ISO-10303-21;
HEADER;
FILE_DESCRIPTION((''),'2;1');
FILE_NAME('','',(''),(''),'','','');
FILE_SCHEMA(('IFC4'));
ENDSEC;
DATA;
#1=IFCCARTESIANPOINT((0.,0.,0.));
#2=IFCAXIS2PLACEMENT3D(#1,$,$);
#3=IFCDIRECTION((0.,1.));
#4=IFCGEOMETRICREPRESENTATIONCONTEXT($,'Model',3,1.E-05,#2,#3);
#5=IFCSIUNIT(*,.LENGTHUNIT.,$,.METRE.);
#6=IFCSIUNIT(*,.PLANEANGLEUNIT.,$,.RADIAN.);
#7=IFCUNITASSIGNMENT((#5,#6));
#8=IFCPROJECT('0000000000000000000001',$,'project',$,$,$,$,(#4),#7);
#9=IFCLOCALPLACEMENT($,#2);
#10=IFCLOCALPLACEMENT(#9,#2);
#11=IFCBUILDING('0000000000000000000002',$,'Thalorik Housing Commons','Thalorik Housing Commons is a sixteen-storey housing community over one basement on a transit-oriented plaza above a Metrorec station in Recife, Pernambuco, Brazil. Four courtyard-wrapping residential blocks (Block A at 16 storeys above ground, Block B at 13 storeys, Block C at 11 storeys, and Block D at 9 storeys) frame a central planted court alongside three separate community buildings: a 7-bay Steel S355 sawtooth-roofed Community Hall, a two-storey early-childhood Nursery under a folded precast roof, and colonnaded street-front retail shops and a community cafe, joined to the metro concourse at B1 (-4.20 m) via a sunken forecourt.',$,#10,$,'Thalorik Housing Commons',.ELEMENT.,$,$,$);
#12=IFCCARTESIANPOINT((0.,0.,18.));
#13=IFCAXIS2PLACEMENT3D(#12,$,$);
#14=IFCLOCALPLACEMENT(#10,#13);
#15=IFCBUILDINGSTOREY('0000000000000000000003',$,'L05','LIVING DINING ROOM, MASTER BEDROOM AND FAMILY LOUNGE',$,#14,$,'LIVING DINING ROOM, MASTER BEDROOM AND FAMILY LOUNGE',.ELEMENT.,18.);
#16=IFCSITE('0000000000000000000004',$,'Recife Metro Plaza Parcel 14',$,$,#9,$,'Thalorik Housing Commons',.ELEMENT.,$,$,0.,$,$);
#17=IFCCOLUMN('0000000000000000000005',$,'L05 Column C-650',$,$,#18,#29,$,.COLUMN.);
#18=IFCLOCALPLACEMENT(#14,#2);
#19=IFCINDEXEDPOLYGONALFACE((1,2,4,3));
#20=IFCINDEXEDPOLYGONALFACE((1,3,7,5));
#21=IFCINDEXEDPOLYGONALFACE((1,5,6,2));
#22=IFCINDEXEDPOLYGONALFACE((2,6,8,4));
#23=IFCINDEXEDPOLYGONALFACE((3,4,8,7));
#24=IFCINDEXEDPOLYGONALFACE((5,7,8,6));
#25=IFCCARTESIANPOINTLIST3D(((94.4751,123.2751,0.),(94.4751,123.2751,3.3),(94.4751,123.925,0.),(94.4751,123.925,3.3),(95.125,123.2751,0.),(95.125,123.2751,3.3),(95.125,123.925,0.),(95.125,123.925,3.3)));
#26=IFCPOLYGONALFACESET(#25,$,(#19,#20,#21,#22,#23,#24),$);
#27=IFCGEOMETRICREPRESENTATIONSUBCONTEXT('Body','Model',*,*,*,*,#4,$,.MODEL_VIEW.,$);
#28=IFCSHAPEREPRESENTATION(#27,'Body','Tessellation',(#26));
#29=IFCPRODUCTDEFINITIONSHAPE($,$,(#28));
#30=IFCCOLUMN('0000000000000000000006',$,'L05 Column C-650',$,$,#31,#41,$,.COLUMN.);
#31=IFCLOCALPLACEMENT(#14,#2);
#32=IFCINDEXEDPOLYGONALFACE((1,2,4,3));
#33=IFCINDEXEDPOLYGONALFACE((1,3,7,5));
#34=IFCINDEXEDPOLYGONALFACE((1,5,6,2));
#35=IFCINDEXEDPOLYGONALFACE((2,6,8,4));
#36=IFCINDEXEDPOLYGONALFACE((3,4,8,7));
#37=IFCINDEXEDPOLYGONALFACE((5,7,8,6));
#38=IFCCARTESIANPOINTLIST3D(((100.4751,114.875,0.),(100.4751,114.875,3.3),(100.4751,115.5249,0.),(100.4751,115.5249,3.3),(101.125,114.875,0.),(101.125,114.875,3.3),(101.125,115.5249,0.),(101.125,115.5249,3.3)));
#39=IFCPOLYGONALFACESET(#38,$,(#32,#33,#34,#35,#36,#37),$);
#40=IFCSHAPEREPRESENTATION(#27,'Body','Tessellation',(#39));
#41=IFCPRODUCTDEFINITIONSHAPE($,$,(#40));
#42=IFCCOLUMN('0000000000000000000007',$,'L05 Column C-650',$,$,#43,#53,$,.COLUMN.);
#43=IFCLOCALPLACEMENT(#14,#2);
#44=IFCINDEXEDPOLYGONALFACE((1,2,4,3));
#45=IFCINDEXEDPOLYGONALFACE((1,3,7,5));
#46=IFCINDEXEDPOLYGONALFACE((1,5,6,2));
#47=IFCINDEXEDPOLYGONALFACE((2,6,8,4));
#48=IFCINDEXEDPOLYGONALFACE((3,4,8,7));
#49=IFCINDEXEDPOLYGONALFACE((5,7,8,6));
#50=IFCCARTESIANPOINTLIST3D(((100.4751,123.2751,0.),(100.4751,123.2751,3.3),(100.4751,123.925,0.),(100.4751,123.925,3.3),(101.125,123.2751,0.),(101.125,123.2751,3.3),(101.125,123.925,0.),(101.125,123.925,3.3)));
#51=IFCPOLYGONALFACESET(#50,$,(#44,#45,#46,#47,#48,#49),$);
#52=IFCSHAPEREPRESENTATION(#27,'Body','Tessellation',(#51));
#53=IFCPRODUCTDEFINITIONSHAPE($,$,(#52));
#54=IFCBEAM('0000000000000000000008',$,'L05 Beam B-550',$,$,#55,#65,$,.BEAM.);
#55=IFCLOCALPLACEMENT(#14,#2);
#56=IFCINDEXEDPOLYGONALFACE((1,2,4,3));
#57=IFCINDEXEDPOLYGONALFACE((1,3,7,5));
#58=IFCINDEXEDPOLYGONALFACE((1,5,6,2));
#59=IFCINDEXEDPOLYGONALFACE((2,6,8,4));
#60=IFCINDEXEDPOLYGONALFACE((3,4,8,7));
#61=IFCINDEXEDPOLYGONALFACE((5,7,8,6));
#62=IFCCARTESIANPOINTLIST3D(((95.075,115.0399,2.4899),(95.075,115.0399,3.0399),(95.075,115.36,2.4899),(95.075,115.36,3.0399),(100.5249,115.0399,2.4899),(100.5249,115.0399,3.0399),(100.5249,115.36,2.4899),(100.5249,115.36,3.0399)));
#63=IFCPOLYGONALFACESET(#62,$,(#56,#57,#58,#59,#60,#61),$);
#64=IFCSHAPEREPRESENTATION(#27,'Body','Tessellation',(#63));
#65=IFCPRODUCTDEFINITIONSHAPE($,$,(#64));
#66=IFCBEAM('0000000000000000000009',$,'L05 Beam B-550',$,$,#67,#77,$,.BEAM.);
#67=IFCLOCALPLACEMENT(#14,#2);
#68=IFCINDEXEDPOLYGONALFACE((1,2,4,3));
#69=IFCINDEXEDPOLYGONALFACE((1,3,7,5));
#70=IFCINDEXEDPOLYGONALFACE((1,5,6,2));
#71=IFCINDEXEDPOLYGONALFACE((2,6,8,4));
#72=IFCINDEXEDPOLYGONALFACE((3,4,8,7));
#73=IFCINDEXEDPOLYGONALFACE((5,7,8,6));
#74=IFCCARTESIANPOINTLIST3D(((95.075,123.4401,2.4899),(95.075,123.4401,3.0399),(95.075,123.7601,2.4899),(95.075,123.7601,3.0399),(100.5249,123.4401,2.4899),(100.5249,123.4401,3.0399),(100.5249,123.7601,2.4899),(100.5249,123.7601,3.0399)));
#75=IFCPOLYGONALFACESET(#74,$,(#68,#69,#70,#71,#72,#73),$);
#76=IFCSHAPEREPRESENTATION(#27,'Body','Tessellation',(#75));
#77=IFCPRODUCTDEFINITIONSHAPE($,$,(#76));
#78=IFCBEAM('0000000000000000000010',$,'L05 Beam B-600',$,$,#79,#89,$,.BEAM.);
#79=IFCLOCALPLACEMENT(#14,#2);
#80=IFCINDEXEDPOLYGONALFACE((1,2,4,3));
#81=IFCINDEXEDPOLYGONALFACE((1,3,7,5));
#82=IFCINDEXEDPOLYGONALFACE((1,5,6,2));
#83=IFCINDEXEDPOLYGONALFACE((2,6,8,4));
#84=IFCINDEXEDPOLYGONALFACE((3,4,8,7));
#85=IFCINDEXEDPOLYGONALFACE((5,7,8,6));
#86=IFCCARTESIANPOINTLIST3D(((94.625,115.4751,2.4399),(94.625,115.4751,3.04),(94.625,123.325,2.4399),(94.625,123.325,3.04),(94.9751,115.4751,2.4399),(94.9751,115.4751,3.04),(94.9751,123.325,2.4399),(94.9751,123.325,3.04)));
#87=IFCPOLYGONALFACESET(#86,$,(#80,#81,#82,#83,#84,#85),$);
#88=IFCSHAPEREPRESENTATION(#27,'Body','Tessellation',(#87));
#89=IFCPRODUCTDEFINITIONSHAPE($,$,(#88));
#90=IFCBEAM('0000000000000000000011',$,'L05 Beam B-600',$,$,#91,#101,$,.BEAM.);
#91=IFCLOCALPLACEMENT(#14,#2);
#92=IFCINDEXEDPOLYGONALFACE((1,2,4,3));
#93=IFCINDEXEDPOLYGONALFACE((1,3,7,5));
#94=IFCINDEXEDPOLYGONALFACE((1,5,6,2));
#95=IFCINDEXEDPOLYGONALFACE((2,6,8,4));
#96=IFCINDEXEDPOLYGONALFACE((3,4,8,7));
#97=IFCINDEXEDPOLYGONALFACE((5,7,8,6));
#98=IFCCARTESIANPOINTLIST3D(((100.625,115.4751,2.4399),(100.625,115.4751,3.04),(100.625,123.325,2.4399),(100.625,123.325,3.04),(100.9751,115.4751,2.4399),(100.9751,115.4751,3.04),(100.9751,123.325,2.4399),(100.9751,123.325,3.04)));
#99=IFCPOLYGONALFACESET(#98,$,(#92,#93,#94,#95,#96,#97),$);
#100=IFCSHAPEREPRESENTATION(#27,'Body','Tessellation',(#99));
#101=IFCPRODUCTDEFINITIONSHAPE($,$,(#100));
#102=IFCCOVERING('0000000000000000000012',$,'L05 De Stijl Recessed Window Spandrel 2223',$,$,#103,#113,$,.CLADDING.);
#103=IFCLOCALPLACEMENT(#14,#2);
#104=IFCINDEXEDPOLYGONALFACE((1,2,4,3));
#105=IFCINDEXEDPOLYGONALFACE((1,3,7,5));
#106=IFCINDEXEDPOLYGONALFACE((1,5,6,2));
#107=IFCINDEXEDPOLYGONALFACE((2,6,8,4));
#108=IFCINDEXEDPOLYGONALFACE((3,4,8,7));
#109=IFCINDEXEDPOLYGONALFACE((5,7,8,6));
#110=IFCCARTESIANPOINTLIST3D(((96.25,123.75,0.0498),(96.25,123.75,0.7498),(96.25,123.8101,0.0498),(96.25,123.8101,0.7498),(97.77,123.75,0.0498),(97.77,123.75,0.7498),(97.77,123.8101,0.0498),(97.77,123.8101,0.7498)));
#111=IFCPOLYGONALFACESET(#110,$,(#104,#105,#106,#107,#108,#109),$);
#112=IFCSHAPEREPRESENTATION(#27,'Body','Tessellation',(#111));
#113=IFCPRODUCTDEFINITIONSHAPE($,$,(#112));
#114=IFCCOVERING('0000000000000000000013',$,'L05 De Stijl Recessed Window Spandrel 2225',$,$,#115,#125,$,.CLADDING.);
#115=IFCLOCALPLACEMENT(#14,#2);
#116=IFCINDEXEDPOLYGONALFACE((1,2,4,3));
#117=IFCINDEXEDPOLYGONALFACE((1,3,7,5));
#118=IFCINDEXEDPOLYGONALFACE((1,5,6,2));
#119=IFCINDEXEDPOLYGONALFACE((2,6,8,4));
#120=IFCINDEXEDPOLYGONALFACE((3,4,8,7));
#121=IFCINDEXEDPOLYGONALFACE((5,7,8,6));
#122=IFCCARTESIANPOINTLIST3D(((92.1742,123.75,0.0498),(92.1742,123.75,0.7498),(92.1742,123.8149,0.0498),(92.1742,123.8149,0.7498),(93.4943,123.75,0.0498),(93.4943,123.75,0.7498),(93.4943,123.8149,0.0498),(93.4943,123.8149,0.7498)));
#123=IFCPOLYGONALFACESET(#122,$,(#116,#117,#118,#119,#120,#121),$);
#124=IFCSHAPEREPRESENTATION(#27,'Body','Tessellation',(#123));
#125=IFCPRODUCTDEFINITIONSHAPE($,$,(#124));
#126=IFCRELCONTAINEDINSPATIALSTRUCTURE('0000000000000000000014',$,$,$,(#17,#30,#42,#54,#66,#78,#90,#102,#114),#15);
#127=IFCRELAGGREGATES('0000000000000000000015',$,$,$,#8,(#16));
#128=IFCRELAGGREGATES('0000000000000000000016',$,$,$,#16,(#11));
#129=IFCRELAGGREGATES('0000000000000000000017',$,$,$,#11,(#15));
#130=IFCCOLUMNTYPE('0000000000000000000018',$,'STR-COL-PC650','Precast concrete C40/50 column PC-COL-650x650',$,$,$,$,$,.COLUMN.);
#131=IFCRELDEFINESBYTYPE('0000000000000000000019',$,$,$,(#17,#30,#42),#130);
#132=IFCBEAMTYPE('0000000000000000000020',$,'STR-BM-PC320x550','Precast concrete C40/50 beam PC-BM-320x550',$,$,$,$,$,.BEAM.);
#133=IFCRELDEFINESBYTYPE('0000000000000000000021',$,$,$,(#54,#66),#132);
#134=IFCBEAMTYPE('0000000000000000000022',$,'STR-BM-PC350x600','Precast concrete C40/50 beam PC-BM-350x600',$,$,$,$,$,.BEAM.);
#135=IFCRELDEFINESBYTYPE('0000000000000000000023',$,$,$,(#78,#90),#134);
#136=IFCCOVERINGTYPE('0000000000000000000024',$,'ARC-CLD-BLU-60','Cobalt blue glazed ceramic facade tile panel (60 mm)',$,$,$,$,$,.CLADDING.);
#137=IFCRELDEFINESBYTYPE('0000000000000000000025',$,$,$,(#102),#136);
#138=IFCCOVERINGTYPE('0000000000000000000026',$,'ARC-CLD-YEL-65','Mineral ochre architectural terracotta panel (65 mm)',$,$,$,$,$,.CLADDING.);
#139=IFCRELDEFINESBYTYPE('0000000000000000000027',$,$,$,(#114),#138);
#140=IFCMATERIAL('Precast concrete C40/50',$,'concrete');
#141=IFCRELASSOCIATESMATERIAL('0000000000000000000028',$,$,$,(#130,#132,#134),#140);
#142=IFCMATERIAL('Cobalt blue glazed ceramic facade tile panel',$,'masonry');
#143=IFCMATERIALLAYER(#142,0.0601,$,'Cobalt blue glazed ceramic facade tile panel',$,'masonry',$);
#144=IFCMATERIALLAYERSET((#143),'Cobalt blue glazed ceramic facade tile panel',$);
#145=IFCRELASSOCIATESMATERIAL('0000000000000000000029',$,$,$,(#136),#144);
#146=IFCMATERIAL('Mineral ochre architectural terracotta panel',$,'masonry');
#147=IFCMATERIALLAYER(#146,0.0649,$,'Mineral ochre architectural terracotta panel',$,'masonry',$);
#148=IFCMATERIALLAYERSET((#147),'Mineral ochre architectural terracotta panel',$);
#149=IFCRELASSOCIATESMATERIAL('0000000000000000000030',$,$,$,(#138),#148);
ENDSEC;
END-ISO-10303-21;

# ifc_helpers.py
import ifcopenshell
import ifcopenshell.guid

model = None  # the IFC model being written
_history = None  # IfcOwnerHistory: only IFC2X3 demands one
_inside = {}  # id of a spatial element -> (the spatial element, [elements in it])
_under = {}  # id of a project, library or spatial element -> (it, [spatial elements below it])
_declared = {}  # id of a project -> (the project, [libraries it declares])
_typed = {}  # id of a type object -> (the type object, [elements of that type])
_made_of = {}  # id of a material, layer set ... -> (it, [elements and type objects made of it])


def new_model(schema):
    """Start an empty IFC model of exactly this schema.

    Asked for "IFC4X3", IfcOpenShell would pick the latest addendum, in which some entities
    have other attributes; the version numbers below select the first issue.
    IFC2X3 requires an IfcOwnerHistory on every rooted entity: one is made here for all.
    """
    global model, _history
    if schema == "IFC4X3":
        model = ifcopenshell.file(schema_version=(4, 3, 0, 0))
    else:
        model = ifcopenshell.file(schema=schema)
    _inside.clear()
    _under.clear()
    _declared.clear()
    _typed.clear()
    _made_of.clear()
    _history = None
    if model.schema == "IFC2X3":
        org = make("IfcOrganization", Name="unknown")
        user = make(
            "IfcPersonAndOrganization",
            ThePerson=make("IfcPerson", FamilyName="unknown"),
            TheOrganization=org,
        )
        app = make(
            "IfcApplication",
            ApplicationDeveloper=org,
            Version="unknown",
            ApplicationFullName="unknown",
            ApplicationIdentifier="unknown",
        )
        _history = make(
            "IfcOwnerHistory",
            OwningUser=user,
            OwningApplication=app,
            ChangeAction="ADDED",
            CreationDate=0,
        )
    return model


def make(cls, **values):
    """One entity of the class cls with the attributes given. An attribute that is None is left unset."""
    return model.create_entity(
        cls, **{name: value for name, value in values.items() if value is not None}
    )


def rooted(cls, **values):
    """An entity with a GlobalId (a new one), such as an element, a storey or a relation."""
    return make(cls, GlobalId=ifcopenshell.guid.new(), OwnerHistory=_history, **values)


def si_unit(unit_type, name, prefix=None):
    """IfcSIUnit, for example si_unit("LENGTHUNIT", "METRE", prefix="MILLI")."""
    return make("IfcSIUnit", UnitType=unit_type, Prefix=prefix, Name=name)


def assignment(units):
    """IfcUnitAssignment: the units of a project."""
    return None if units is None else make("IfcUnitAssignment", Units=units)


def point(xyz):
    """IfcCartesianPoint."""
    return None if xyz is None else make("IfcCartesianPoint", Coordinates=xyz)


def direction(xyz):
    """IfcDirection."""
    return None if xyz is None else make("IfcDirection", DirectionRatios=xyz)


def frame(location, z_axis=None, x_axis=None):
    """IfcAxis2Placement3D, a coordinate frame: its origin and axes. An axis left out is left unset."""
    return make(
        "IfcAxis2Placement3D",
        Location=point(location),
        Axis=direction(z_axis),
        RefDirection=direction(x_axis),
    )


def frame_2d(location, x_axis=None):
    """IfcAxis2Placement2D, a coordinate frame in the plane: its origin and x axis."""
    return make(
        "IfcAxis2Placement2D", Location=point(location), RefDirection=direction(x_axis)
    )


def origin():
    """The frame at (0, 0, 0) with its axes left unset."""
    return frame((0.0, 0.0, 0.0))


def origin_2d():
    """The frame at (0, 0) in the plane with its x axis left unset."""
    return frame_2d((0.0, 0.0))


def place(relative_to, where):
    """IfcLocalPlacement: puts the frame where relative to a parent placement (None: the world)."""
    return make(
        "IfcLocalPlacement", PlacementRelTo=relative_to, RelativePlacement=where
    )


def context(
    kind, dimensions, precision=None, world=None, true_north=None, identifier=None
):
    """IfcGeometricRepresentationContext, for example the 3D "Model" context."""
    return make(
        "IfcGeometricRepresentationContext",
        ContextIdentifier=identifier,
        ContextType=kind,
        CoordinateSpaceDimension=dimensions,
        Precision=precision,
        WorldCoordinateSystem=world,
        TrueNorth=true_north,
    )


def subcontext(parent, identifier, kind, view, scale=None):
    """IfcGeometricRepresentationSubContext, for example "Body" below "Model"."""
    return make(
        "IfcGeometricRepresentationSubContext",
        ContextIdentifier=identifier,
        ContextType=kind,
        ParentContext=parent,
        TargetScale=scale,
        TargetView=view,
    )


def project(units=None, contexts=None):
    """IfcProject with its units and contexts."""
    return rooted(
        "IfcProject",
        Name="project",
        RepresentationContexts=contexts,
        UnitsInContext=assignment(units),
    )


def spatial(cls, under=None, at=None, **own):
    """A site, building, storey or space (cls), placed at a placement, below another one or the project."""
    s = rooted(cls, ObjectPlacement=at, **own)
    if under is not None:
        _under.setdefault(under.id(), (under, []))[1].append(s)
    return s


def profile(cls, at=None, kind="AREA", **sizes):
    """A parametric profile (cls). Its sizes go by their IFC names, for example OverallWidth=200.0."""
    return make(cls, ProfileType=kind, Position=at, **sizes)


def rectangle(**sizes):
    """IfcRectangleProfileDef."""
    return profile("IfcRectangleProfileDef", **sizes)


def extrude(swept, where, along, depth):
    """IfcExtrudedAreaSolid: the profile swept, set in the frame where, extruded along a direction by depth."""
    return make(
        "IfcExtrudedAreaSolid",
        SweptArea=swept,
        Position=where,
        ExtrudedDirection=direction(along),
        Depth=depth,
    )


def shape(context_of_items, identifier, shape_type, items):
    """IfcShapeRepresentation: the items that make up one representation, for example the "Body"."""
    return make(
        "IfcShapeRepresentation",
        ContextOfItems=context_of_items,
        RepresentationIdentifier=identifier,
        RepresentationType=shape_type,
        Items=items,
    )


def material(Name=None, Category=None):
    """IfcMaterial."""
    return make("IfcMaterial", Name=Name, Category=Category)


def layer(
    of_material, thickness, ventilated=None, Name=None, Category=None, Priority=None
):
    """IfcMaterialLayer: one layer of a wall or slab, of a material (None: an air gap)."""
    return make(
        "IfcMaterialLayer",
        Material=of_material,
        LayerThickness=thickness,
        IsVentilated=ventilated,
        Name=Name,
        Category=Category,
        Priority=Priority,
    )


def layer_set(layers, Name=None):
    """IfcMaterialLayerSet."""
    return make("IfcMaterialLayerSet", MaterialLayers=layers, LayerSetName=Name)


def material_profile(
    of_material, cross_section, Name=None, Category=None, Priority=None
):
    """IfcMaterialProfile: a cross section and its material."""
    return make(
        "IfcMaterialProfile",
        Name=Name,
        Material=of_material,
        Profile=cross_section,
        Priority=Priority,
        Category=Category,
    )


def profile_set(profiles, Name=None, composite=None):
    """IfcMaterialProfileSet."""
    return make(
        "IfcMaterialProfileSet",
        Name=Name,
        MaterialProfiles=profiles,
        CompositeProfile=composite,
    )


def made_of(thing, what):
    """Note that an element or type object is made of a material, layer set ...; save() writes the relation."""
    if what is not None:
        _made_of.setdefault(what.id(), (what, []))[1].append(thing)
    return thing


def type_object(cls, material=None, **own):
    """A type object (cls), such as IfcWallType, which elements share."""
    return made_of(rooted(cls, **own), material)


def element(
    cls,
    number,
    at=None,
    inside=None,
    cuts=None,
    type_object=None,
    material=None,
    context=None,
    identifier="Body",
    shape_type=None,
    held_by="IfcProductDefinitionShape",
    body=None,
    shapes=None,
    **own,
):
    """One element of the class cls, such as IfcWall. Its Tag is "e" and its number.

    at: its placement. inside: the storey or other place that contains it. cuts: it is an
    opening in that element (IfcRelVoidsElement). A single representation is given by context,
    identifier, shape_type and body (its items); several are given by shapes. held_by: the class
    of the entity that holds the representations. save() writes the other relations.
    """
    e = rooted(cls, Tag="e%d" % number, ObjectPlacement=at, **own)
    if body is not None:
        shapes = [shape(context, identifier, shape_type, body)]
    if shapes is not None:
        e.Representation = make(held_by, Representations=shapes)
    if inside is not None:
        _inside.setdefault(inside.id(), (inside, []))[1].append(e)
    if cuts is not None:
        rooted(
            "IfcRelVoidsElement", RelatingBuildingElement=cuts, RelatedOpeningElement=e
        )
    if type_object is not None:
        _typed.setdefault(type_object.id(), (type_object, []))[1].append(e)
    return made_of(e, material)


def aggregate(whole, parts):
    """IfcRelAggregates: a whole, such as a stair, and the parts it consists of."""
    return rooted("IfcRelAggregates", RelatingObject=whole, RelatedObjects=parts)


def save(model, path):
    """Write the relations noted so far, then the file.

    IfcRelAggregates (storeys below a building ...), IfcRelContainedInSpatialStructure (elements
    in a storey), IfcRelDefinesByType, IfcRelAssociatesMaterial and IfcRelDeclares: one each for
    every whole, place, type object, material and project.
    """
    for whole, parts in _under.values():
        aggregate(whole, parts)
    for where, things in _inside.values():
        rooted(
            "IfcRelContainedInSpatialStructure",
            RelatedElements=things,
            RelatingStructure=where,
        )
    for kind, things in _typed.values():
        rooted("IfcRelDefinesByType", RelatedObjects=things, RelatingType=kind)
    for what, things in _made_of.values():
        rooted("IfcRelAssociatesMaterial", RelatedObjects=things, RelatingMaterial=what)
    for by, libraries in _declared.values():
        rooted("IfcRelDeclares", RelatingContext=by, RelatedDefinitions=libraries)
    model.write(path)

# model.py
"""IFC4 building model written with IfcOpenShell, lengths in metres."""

from ifc_helpers import new_model, si_unit, direction, frame, origin, origin_2d, place, context, subcontext, project, spatial, rectangle, extrude, material, layer, layer_set, material_profile, profile_set, type_object, element, save


model = new_model("IFC4")

# Units and contexts
model_context = context("Model", 3, precision=1e-05, world=origin(), true_north=direction((0.0, 1.0)))
body_context = subcontext(model_context, "Body", "Model", "MODEL_VIEW")
ifc_project = project(units=[si_unit("LENGTHUNIT", "METRE"), si_unit("PLANEANGLEUNIT", "RADIAN")], contexts=[model_context])

# Site, building, storey
site_placement = place(None, origin())
site = spatial("IfcSite", under=ifc_project, at=site_placement, Name="Recife Metro Plaza Parcel 14", LongName="Thalorik Housing Commons", CompositionType="ELEMENT", RefElevation=0.0)
building_placement = place(site_placement, origin())
building = spatial("IfcBuilding", under=site, at=building_placement, Name="Thalorik Housing Commons", Description="Thalorik Housing Commons is a sixteen-storey housing community over one basement on a transit-oriented plaza above a Metrorec station in Recife, Pernambuco, Brazil. Four courtyard-wrapping residential blocks (Block A at 16 storeys above ground, Block B at 13 storeys, Block C at 11 storeys, and Block D at 9 storeys) frame a central planted court alongside three separate community buildings: a 7-bay Steel S355 sawtooth-roofed Community Hall, a two-storey early-childhood Nursery under a folded precast roof, and colonnaded street-front retail shops and a community cafe, joined to the metro concourse at B1 (-4.20 m) via a sunken forecourt.", LongName="Thalorik Housing Commons", CompositionType="ELEMENT")
storey_placement = place(building_placement, frame((0.0, 0.0, 18.0)))
storey = spatial("IfcBuildingStorey", under=building, at=storey_placement, Name="L05", Description="LIVING DINING ROOM, MASTER BEDROOM AND FAMILY LOUNGE", LongName="LIVING DINING ROOM, MASTER BEDROOM AND FAMILY LOUNGE", CompositionType="ELEMENT", Elevation=18.0)

# Columns
ifc_material_1 = material(Name="Precast concrete C40/50", Category="concrete")
ifc_material_profile_1 = material_profile(ifc_material_1, rectangle(XDim=0.6499, YDim=0.6499, at=origin_2d()), Name="PC 650x650", Category="concrete")
ifc_profile_set_1 = profile_set([ifc_material_profile_1], Name="Precast concrete C40/50")
column_type = type_object("IfcColumnType", Name="STR-COL-PC650", Description="Precast concrete C40/50 column PC-COL-650x650", PredefinedType="COLUMN", material=ifc_profile_set_1)
for number, where, z_axis, x_axis, name in (
    (1, (94.8, 123.6001, 0.0), (0.0, 0.0, 1.0), (1.0, 0.0, 0.0), "L05 Column C-650"),
    (2, (100.8, 115.2, 0.0), (0.0, 0.0, 1.0), (1.0, 0.0, 0.0), "L05 Column C-650"),
    (3, (100.8, 123.6001, 0.0), (0.0, 0.0, 1.0), (1.0, 0.0, 0.0), "L05 Column C-650"),
):
    element("IfcColumn", number, at=place(storey_placement, frame(where, z_axis=z_axis, x_axis=x_axis)), inside=storey, type_object=column_type, Name=name, PredefinedType="COLUMN", context=body_context, shape_type="SweptSolid", body=[
        extrude(rectangle(XDim=0.6499, YDim=0.6499, at=origin_2d()), origin(), (0.0, 0.0, 1.0), 3.3),
    ])

# Beams
ifc_material_profile_2 = material_profile(ifc_material_1, rectangle(XDim=0.3201, YDim=0.55, at=origin_2d()), Name="PC 320x550", Category="concrete")
ifc_profile_set_2 = profile_set([ifc_material_profile_2], Name="Precast concrete C40/50")
beam_type_1 = type_object("IfcBeamType", Name="STR-BM-PC320x550", Description="Precast concrete C40/50 beam PC-BM-320x550", PredefinedType="BEAM", material=ifc_profile_set_2)
for number, where, z_axis, x_axis, name in (
    (4, (95.075, 115.2, 2.7649), (1.0, 0.0, 0.0), (0.0, 1.0, 0.0), "L05 Beam B-550"),
    (5, (95.075, 123.6001, 2.7649), (1.0, 0.0, 0.0), (0.0, 1.0, 0.0), "L05 Beam B-550"),
):
    element("IfcBeam", number, at=place(storey_placement, frame(where, z_axis=z_axis, x_axis=x_axis)), inside=storey, type_object=beam_type_1, Name=name, PredefinedType="BEAM", context=body_context, shape_type="SweptSolid", body=[
        extrude(rectangle(XDim=0.3201, YDim=0.55, at=origin_2d()), origin(), (0.0, 0.0, 1.0), 5.45),
    ])
ifc_material_profile_3 = material_profile(ifc_material_1, rectangle(XDim=0.3501, YDim=0.6001, at=origin_2d()), Name="PC 350x600", Category="concrete")
ifc_profile_set_3 = profile_set([ifc_material_profile_3], Name="Precast concrete C40/50")
beam_type_2 = type_object("IfcBeamType", Name="STR-BM-PC350x600", Description="Precast concrete C40/50 beam PC-BM-350x600", PredefinedType="BEAM", material=ifc_profile_set_3)
for number, where, z_axis, x_axis, name in (
    (6, (94.8, 115.4751, 2.74), (0.0, 1.0, 0.0), (-1.0, 0.0, 0.0), "L05 Beam B-600"),
    (7, (100.8, 115.4751, 2.74), (0.0, 1.0, 0.0), (-1.0, 0.0, 0.0), "L05 Beam B-600"),
):
    element("IfcBeam", number, at=place(storey_placement, frame(where, z_axis=z_axis, x_axis=x_axis)), inside=storey, type_object=beam_type_2, Name=name, PredefinedType="BEAM", context=body_context, shape_type="SweptSolid", body=[
        extrude(rectangle(XDim=0.3501, YDim=0.6001, at=origin_2d()), origin(), (0.0, 0.0, 1.0), 7.8499),
    ])

# Coverings
ifc_material_2 = material(Name="Cobalt blue glazed ceramic facade tile panel", Category="masonry")
ifc_layer_1 = layer(ifc_material_2, 0.0601, Name="Cobalt blue glazed ceramic facade tile panel", Category="masonry")
ifc_layer_set_1 = layer_set([ifc_layer_1], Name="Cobalt blue glazed ceramic facade tile panel")
covering_type_1 = type_object("IfcCoveringType", Name="ARC-CLD-BLU-60", Description="Cobalt blue glazed ceramic facade tile panel (60 mm)", PredefinedType="CLADDING", material=ifc_layer_set_1)
covering_1_placement = place(storey_placement, frame((97.01, 123.78, 0.0498), z_axis=(0.0, 0.0, 1.0), x_axis=(-1.0, 0.0, 0.0)))
element("IfcCovering", 8, at=covering_1_placement, inside=storey, type_object=covering_type_1, Name="L05 De Stijl Recessed Window Spandrel 2223", PredefinedType="CLADDING", context=body_context, shape_type="SweptSolid", body=[
    extrude(rectangle(XDim=1.52, YDim=0.0601, at=origin_2d()), origin(), (0.0, 0.0, 1.0), 0.7),
])
ifc_material_3 = material(Name="Mineral ochre architectural terracotta panel", Category="masonry")
ifc_layer_2 = layer(ifc_material_3, 0.0649, Name="Mineral ochre architectural terracotta panel", Category="masonry")
ifc_layer_set_2 = layer_set([ifc_layer_2], Name="Mineral ochre architectural terracotta panel")
covering_type_2 = type_object("IfcCoveringType", Name="ARC-CLD-YEL-65", Description="Mineral ochre architectural terracotta panel (65 mm)", PredefinedType="CLADDING", material=ifc_layer_set_2)
covering_2_placement = place(storey_placement, frame((92.8342, 123.7825, 0.0498), z_axis=(0.0, 0.0, 1.0), x_axis=(-1.0, 0.0, 0.0)))
element("IfcCovering", 9, at=covering_2_placement, inside=storey, type_object=covering_type_2, Name="L05 De Stijl Recessed Window Spandrel 2225", PredefinedType="CLADDING", context=body_context, shape_type="SweptSolid", body=[
    extrude(rectangle(XDim=1.3201, YDim=0.0649, at=origin_2d()), origin(), (0.0, 0.0, 1.0), 0.7),
])

save(model, "model.ifc")
